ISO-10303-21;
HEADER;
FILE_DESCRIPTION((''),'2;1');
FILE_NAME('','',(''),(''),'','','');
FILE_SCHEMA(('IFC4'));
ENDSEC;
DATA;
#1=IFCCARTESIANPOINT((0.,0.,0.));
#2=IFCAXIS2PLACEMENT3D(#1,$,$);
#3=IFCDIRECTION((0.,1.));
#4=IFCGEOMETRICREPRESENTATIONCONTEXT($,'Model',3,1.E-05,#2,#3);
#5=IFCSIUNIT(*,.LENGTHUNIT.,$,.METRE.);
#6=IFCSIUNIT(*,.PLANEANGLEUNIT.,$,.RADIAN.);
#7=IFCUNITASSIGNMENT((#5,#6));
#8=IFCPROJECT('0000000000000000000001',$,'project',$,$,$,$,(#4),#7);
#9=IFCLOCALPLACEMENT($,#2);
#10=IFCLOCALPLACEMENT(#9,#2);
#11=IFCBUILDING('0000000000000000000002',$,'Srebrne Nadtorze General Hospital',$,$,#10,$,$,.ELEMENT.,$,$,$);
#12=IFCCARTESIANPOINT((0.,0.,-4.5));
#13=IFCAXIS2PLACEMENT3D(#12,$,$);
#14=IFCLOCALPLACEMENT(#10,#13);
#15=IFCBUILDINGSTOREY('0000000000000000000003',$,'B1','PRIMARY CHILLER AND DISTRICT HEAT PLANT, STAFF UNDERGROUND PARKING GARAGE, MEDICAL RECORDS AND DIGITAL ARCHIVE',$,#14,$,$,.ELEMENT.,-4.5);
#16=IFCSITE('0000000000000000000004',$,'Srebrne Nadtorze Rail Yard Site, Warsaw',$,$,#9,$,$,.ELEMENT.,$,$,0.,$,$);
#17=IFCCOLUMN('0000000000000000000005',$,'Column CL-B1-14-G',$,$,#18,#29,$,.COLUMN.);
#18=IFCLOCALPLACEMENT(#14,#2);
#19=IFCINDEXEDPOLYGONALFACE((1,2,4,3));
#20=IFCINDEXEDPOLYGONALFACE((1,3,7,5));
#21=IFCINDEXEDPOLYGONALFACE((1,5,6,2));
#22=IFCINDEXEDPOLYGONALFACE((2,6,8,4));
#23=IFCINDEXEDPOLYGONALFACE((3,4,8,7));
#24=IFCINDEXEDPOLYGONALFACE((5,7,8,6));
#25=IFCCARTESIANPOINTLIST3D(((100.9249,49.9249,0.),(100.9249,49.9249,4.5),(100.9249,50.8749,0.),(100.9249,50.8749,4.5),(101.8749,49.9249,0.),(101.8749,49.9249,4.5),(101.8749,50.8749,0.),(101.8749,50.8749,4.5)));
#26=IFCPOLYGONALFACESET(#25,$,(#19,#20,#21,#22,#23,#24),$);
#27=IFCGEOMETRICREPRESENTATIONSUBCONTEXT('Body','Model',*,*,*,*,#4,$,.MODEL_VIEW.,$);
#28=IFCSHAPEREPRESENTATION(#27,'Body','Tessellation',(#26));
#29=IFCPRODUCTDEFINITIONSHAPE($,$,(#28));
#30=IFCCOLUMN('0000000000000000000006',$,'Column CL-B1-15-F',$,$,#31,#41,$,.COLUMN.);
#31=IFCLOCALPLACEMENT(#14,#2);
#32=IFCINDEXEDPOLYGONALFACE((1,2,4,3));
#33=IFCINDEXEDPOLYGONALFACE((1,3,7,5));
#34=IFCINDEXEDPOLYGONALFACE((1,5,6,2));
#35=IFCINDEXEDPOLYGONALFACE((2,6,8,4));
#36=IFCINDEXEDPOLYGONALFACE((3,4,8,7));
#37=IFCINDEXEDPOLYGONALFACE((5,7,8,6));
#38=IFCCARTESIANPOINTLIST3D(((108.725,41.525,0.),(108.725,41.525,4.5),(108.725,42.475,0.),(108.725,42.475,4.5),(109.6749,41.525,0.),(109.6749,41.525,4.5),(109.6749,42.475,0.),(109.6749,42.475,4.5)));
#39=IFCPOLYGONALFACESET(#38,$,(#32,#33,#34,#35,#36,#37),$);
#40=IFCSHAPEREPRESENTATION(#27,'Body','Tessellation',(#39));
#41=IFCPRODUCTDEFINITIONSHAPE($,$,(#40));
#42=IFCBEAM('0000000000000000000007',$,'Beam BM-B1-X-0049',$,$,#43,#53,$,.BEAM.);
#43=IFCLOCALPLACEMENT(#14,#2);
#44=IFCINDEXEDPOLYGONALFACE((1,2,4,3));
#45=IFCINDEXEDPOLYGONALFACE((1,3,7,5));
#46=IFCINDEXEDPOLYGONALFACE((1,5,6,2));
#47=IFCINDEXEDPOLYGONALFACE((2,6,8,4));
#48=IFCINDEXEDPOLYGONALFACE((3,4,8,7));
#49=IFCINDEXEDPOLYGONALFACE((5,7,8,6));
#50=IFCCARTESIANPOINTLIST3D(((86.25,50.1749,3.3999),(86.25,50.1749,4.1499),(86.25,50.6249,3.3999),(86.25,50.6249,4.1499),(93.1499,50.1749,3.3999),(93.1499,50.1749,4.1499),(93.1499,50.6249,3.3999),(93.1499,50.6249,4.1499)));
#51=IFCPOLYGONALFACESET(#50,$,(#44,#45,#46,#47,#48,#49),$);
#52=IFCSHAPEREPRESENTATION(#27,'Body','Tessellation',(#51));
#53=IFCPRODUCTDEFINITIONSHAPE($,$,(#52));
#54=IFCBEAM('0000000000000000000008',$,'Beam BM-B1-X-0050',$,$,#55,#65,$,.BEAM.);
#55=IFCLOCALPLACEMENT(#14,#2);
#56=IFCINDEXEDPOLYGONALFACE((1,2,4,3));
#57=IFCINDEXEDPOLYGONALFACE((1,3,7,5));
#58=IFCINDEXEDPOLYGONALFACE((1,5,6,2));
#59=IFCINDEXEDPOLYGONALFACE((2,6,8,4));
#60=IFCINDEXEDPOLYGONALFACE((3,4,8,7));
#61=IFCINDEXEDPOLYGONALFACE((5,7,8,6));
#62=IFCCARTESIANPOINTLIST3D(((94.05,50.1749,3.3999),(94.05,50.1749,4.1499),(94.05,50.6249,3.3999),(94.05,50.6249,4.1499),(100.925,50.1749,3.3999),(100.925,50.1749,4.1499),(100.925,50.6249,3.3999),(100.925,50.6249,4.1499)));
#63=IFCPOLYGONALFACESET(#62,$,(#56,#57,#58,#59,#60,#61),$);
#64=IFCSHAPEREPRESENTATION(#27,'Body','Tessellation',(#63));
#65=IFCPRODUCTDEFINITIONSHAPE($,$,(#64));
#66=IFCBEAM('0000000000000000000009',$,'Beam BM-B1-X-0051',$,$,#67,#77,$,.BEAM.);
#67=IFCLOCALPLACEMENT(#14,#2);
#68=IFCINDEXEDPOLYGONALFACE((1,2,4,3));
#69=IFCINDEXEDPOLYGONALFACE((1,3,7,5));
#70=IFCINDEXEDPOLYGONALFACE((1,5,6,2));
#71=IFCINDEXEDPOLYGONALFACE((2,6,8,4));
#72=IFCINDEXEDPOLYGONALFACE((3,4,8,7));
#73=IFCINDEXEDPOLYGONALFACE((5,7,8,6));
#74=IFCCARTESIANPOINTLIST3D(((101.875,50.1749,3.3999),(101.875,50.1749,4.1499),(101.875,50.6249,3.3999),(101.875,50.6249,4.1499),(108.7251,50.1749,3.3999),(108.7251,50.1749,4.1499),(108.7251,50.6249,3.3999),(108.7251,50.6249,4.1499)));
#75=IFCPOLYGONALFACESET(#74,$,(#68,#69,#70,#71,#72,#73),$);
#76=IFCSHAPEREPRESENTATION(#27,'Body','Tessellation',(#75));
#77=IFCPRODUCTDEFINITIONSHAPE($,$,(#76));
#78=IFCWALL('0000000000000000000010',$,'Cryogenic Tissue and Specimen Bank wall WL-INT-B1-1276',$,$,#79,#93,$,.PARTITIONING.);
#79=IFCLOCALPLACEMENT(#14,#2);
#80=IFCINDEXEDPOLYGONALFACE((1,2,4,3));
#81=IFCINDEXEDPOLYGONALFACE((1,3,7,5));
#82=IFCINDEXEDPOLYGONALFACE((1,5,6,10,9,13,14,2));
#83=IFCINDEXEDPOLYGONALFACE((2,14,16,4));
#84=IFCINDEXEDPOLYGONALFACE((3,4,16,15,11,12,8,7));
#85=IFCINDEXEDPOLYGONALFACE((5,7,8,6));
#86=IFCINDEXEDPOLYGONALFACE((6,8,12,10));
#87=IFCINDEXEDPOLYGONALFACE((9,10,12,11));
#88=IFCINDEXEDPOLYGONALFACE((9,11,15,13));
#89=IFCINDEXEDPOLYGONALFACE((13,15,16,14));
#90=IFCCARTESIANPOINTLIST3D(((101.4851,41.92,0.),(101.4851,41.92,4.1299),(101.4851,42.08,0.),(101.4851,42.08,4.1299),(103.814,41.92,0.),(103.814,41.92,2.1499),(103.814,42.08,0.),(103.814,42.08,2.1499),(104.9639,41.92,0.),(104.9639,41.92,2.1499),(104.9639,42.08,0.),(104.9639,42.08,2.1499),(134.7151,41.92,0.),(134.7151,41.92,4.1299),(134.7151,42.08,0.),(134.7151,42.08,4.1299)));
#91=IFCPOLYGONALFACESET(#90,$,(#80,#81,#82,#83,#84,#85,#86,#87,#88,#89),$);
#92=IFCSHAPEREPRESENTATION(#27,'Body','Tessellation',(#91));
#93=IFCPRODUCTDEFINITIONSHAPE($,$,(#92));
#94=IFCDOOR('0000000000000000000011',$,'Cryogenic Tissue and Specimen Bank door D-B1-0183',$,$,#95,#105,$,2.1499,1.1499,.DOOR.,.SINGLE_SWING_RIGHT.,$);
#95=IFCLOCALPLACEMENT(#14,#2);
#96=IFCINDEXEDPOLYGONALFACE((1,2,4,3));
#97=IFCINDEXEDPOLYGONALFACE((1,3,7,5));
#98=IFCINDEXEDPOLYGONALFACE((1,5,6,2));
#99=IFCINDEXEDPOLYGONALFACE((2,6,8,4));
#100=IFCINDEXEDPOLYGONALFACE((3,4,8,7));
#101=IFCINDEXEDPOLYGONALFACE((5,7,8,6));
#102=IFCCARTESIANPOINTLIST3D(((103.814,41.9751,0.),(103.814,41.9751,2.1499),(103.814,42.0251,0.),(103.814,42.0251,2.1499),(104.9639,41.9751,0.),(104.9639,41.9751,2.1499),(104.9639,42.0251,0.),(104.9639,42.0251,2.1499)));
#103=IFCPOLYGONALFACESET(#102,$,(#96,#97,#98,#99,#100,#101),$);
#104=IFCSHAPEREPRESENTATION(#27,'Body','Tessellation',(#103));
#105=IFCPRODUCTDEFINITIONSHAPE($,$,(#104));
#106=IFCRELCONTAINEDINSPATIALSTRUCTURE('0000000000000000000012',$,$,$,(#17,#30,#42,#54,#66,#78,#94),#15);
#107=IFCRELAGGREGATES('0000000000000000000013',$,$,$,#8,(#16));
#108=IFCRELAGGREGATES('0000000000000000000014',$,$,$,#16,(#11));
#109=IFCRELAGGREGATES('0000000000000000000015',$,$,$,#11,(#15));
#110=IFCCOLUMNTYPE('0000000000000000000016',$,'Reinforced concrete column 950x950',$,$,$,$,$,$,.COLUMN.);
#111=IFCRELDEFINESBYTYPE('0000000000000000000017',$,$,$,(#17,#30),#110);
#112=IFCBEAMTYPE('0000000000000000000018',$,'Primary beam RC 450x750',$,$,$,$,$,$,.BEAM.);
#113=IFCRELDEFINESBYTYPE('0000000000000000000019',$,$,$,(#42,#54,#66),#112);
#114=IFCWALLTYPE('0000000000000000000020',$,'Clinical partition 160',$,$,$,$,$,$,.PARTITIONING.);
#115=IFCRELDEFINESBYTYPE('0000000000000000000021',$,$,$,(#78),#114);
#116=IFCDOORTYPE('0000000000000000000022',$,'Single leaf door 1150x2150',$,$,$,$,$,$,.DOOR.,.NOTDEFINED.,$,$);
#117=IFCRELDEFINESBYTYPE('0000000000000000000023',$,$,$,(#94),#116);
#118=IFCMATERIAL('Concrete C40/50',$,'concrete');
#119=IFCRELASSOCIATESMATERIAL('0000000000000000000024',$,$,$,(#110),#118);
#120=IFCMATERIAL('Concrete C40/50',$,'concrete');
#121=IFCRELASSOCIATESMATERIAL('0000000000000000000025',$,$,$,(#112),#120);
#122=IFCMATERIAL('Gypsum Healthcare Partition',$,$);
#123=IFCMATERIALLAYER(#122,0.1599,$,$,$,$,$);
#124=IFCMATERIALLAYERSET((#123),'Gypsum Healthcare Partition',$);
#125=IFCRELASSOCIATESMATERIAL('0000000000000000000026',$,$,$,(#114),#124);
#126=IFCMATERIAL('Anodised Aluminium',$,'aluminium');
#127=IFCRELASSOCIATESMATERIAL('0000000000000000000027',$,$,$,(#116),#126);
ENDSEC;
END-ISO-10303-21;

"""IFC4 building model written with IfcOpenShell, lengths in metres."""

from ifc_helpers import new_model, si_unit, direction, frame, frame_2d, origin, origin_2d, place, context, subcontext, project, spatial, rectangle, extrude, material, layer, layer_set, material_profile, profile_set, type_object, element, fill, save


model = new_model("IFC4")

# Units and contexts
model_context = context("Model", 3, precision=1e-05, world=origin(), true_north=direction((0.0, 1.0)))
body_context = subcontext(model_context, "Body", "Model", "MODEL_VIEW")
ifc_project = project(units=[si_unit("LENGTHUNIT", "METRE"), si_unit("PLANEANGLEUNIT", "RADIAN")], contexts=[model_context])

# Site, building, storey
site_placement = place(None, origin())
site = spatial("IfcSite", under=ifc_project, at=site_placement, Name="Srebrne Nadtorze Rail Yard Site, Warsaw", CompositionType="ELEMENT", RefElevation=0.0)
building_placement = place(site_placement, origin())
building = spatial("IfcBuilding", under=site, at=building_placement, Name="Srebrne Nadtorze General Hospital", CompositionType="ELEMENT")
storey_placement = place(building_placement, frame((0.0, 0.0, -4.5)))
storey = spatial("IfcBuildingStorey", under=building, at=storey_placement, Name="B1", Description="PRIMARY CHILLER AND DISTRICT HEAT PLANT, STAFF UNDERGROUND PARKING GARAGE, MEDICAL RECORDS AND DIGITAL ARCHIVE", CompositionType="ELEMENT", Elevation=-4.5)

# Columns
ifc_material_1 = material(Name="Concrete C40/50", Category="concrete")
ifc_material_profile_1 = material_profile(ifc_material_1, rectangle(XDim=0.95, YDim=0.95, at=origin_2d()), Name="RC-COL-950x950")
ifc_profile_set_1 = profile_set([ifc_material_profile_1], Name="Concrete C40/50")
column_type_1 = type_object("IfcColumnType", Name="Reinforced concrete column 950x950", PredefinedType="COLUMN", material=ifc_profile_set_1)
for number, where, z_axis, x_axis, name in (
    (1, (101.3999, 50.3999, 0.0), (0.0, 0.0, 1.0), (1.0, 0.0, 0.0), "Column CL-B1-14-G"),
    (2, (109.2, 42.0, 0.0), (0.0, 0.0, 1.0), (1.0, 0.0, 0.0), "Column CL-B1-15-F"),
):
    element("IfcColumn", number, at=place(storey_placement, frame(where, z_axis=z_axis, x_axis=x_axis)), inside=storey, type_object=column_type_1, Name=name, PredefinedType="COLUMN", context=body_context, shape_type="SweptSolid", body=[
        extrude(rectangle(XDim=0.95, YDim=0.95, at=origin_2d()), origin(), (0.0, 0.0, 1.0), 4.5),
    ])

# Beams
ifc_material_2 = material(Name="Concrete C40/50", Category="concrete")
ifc_material_profile_2 = material_profile(ifc_material_2, rectangle(XDim=0.45, YDim=0.75, at=origin_2d()), Name="RC-BM-450x750")
ifc_profile_set_2 = profile_set([ifc_material_profile_2], Name="Concrete C40/50")
beam_type = type_object("IfcBeamType", Name="Primary beam RC 450x750", PredefinedType="BEAM", material=ifc_profile_set_2)
beam_1_placement = place(storey_placement, frame((86.25, 50.3999, 3.7749), z_axis=(1.0, 0.0, 0.0), x_axis=(0.0, 1.0, 0.0)))
element("IfcBeam", 3, at=beam_1_placement, inside=storey, type_object=beam_type, Name="Beam BM-B1-X-0049", PredefinedType="BEAM", context=body_context, shape_type="SweptSolid", body=[
    extrude(rectangle(XDim=0.45, YDim=0.75, at=origin_2d()), origin(), (0.0, 0.0, 1.0), 6.8999),
])
beam_2_placement = place(storey_placement, frame((94.05, 50.3999, 3.7749), z_axis=(1.0, 0.0, 0.0), x_axis=(0.0, 1.0, 0.0)))
element("IfcBeam", 4, at=beam_2_placement, inside=storey, type_object=beam_type, Name="Beam BM-B1-X-0050", PredefinedType="BEAM", context=body_context, shape_type="SweptSolid", body=[
    extrude(rectangle(XDim=0.45, YDim=0.75, at=origin_2d()), origin(), (0.0, 0.0, 1.0), 6.875),
])
beam_3_placement = place(storey_placement, frame((101.875, 50.3999, 3.7749), z_axis=(1.0, 0.0, 0.0), x_axis=(0.0, 1.0, 0.0)))
element("IfcBeam", 5, at=beam_3_placement, inside=storey, type_object=beam_type, Name="Beam BM-B1-X-0051", PredefinedType="BEAM", context=body_context, shape_type="SweptSolid", body=[
    extrude(rectangle(XDim=0.45, YDim=0.75, at=origin_2d()), origin(), (0.0, 0.0, 1.0), 6.8501),
])

# Wall, opening, door
ifc_material_3 = material(Name="Gypsum Healthcare Partition")
ifc_layer_1 = layer(ifc_material_3, 0.1599)
ifc_layer_set_1 = layer_set([ifc_layer_1], Name="Gypsum Healthcare Partition")
wall_type = type_object("IfcWallType", Name="Clinical partition 160", PredefinedType="PARTITIONING", material=ifc_layer_set_1)
wall_placement = place(storey_placement, frame((101.4851, 42.0, 0.0), z_axis=(0.0, 0.0, 1.0), x_axis=(1.0, 0.0, 0.0)))
wall = element("IfcWall", 6, at=wall_placement, inside=storey, type_object=wall_type, Name="Cryogenic Tissue and Specimen Bank wall WL-INT-B1-1276", PredefinedType="PARTITIONING", context=body_context, shape_type="SweptSolid", body=[
    extrude(rectangle(XDim=33.23, YDim=0.1599, at=frame_2d((16.615, 0.0))), origin(), (0.0, 0.0, 1.0), 4.1299),
])
opening_placement = place(wall_placement, frame((2.3289, 0.0, 0.0)))
opening = element("IfcOpeningElement", 7, at=opening_placement, cuts=wall, PredefinedType="OPENING", context=body_context, shape_type="SweptSolid", body=[
    extrude(rectangle(XDim=1.1499, YDim=2.1499, at=frame_2d((0.575, 1.075))), frame((0.0, 0.0918, 0.0), z_axis=(0.0, -1.0, 0.0), x_axis=(1.0, 0.0, 0.0)), (0.0, 0.0, 1.0), 0.1838),
])
ifc_material_4 = material(Name="Anodised Aluminium", Category="aluminium")
door_type = type_object("IfcDoorType", Name="Single leaf door 1150x2150", OperationType="NOTDEFINED", PredefinedType="DOOR", material=ifc_material_4)
door_placement = place(opening_placement, frame((1.1499, 0.0, 0.0), z_axis=(0.0, 0.0, 1.0), x_axis=(-1.0, 0.0, 0.0)))
door = element("IfcDoor", 8, at=door_placement, inside=storey, type_object=door_type, Name="Cryogenic Tissue and Specimen Bank door D-B1-0183", OperationType="SINGLE_SWING_RIGHT", OverallHeight=2.1499, OverallWidth=1.1499, PredefinedType="DOOR", context=body_context, shape_type="SweptSolid", body=[
    extrude(rectangle(XDim=1.1499, YDim=2.1499, at=frame_2d((0.575, 1.075))), frame((0.0, 0.0249, 0.0), z_axis=(0.0, -1.0, 0.0), x_axis=(1.0, 0.0, 0.0)), (0.0, 0.0, 1.0), 0.05),
])
fill(opening, door)

save(model, "model.ifc")
